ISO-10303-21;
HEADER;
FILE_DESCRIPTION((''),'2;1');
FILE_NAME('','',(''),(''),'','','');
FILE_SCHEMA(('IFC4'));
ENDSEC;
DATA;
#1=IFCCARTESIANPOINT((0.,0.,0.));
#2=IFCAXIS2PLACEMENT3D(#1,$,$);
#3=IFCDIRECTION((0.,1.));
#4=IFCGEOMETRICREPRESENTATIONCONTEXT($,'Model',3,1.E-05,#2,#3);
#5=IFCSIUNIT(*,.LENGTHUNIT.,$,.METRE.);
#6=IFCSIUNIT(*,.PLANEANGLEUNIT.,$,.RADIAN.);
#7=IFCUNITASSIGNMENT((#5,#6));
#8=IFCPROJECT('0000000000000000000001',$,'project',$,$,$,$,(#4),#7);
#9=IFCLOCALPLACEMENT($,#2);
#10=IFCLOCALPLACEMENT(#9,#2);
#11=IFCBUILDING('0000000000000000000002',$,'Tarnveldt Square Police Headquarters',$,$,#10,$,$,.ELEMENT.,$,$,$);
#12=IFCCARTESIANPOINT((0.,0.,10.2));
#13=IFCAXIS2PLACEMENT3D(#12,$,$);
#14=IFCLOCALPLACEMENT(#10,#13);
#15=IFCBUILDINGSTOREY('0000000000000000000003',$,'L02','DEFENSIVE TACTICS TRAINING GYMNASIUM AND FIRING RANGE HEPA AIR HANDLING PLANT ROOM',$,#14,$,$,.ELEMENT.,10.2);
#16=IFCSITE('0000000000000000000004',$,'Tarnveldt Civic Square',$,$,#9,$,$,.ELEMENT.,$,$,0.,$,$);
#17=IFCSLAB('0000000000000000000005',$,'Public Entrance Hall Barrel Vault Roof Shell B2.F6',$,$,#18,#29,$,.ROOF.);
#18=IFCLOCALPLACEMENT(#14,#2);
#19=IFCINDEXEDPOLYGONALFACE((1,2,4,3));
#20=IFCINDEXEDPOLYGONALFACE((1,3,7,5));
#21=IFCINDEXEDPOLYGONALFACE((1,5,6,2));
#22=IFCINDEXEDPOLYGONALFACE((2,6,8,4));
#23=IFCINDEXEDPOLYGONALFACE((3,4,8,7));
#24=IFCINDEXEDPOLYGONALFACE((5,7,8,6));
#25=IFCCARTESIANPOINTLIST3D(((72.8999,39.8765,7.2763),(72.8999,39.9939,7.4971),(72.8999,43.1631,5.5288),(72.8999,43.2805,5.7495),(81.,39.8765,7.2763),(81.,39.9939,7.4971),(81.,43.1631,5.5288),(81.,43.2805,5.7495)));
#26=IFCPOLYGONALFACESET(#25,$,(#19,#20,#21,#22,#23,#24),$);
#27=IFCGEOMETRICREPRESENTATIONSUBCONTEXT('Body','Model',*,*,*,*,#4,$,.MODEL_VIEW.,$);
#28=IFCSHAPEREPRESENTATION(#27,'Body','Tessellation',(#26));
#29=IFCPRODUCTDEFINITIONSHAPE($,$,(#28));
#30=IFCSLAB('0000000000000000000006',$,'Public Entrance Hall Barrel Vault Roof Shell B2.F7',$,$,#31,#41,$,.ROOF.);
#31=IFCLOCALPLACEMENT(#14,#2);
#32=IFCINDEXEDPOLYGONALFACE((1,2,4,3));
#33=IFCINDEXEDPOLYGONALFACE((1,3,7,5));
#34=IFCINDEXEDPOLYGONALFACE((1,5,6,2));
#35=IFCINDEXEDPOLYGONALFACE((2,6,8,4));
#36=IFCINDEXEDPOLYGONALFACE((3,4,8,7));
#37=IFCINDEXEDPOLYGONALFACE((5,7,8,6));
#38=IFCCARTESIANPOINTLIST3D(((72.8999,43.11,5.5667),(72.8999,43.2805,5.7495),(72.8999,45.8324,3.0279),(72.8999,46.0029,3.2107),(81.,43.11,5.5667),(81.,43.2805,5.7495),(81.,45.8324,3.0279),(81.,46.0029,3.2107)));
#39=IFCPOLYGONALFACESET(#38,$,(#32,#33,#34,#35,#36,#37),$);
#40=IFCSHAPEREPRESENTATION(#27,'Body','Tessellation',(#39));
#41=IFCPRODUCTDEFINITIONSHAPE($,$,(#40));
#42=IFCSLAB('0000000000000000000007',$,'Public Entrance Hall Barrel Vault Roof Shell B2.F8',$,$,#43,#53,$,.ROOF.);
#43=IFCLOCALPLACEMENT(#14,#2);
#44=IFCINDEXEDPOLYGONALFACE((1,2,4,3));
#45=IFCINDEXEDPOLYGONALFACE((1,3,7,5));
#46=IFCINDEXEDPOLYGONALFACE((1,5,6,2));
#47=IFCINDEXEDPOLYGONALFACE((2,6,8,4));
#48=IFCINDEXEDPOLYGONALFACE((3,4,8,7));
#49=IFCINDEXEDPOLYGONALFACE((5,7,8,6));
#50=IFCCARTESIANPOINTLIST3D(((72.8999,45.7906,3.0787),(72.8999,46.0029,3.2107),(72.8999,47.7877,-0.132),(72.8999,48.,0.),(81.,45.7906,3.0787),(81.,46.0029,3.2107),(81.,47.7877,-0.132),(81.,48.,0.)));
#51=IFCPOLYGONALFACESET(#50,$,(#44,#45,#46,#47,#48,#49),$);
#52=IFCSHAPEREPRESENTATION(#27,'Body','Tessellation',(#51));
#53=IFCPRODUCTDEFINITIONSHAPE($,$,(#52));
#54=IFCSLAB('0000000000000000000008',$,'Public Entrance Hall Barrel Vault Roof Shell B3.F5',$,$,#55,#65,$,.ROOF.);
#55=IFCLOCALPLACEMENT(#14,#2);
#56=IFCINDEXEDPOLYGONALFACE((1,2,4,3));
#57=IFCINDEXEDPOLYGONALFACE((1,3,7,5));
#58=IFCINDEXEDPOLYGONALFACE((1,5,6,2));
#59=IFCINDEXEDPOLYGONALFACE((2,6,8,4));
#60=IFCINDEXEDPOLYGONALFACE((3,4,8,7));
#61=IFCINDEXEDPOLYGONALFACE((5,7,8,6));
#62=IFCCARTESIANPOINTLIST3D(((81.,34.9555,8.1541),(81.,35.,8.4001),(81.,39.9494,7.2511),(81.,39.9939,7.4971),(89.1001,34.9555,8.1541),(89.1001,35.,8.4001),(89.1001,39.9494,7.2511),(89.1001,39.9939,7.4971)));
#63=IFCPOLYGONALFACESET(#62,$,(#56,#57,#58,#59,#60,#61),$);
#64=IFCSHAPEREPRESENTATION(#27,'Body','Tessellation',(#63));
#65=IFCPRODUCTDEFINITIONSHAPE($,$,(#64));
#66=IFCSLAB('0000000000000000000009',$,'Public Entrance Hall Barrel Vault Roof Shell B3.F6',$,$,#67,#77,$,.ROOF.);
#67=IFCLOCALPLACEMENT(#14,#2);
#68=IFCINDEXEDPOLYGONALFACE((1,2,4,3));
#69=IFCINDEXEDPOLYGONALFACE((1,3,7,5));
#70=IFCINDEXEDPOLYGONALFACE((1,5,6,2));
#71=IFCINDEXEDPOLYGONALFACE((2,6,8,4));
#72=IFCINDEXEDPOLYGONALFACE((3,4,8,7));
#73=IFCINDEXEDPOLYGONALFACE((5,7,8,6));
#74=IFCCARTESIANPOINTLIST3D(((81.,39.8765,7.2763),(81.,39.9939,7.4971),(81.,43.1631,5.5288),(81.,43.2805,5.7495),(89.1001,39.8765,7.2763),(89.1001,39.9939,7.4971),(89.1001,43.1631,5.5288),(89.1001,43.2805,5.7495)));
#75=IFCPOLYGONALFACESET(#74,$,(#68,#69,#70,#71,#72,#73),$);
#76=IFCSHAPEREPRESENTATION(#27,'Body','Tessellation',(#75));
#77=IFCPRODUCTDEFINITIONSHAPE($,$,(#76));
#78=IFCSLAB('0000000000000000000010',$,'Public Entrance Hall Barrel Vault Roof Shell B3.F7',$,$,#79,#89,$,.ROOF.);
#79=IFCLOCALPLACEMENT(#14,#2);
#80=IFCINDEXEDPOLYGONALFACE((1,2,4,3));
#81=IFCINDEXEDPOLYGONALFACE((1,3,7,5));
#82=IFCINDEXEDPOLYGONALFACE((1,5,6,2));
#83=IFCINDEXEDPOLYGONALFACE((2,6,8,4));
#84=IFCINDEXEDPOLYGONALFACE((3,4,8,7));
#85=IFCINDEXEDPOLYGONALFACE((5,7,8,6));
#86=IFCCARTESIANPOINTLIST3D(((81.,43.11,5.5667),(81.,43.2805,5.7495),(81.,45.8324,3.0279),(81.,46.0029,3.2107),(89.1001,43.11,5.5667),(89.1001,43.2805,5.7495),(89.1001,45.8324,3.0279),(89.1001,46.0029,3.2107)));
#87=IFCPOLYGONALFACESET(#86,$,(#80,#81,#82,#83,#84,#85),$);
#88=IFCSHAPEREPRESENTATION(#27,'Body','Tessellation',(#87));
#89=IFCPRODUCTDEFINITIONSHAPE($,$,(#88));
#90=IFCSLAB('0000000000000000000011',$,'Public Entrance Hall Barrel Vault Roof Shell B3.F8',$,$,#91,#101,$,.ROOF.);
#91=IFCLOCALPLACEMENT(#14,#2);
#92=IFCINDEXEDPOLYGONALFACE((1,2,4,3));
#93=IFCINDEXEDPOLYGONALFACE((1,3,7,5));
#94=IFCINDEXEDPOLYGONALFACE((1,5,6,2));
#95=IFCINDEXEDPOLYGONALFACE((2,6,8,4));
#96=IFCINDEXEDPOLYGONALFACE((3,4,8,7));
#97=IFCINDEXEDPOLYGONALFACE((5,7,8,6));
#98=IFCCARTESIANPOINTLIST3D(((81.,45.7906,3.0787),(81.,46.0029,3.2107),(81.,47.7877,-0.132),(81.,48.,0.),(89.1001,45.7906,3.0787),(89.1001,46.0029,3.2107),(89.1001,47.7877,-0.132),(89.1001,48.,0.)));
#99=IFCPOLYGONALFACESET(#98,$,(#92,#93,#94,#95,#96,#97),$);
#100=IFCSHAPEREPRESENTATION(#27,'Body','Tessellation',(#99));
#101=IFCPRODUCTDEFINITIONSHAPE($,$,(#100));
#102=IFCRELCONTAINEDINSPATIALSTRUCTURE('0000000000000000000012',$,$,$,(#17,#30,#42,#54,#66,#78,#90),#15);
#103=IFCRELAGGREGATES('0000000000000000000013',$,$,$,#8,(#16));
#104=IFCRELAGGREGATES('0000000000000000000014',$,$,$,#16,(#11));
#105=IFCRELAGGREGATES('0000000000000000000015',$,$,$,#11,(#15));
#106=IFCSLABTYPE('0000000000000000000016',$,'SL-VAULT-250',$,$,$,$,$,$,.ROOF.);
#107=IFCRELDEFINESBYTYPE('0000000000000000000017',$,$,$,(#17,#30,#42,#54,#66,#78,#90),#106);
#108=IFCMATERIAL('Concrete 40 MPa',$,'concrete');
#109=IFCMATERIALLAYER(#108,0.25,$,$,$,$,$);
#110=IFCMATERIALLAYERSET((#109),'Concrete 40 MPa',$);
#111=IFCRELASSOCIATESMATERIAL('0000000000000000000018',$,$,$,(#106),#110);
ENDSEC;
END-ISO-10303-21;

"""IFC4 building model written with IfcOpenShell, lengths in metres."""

from ifc_helpers import new_model, si_unit, direction, frame, origin, place, context, subcontext, project, spatial, polyline, outline, extrude, material, layer, layer_set, type_object, element, save


model = new_model("IFC4")

# Units and contexts
model_context = context("Model", 3, precision=1e-05, world=origin(), true_north=direction((0.0, 1.0)))
body_context = subcontext(model_context, "Body", "Model", "MODEL_VIEW")
ifc_project = project(units=[si_unit("LENGTHUNIT", "METRE"), si_unit("PLANEANGLEUNIT", "RADIAN")], contexts=[model_context])

# Site, building, storey
site_placement = place(None, origin())
site = spatial("IfcSite", under=ifc_project, at=site_placement, Name="Tarnveldt Civic Square", CompositionType="ELEMENT", RefElevation=0.0)
building_placement = place(site_placement, origin())
building = spatial("IfcBuilding", under=site, at=building_placement, Name="Tarnveldt Square Police Headquarters", CompositionType="ELEMENT")
storey_placement = place(building_placement, frame((0.0, 0.0, 10.2)))
storey = spatial("IfcBuildingStorey", under=building, at=storey_placement, Name="L02", Description="DEFENSIVE TACTICS TRAINING GYMNASIUM AND FIRING RANGE HEPA AIR HANDLING PLANT ROOM", CompositionType="ELEMENT", Elevation=10.2)

# Shared definitions
ifc_material_1 = material(Name="Concrete 40 MPa", Category="concrete")

# Slabs
ifc_layer_1 = layer(ifc_material_1, 0.25)
ifc_layer_set_1 = layer_set([ifc_layer_1], Name="Concrete 40 MPa")
slab_type = type_object("IfcSlabType", Name="SL-VAULT-250", PredefinedType="ROOF", material=ifc_layer_set_1)
slab_1_placement = place(storey_placement, frame((72.8999, 39.9939, 7.4971), z_axis=(0.0, 0.469478, 0.882944), x_axis=(1.0, 0.0, 0.0)))
element("IfcSlab", 1, at=slab_1_placement, inside=storey, type_object=slab_type, Name="Public Entrance Hall Barrel Vault Roof Shell B2.F6", PredefinedType="ROOF", context=body_context, shape_type="SweptSolid", body=[
    extrude(outline(polyline([(0.0, 0.0), (8.1001, 0.0), (8.1001, 3.7223), (0.0, 3.7223), (0.0, 0.0)])), origin(), (0.0, 0.0, -1.0), 0.25),
])
slab_2_placement = place(storey_placement, frame((72.8999, 43.2805, 5.7495), z_axis=(0.0, 0.682017, 0.731337), x_axis=(1.0, 0.0, 0.0)))
element("IfcSlab", 2, at=slab_2_placement, inside=storey, type_object=slab_type, Name="Public Entrance Hall Barrel Vault Roof Shell B2.F7", PredefinedType="ROOF", context=body_context, shape_type="SweptSolid", body=[
    extrude(outline(polyline([(0.0, 0.0), (8.1001, 0.0), (8.1001, 3.7225), (0.0, 3.7225), (0.0, 0.0)])), origin(), (0.0, 0.0, -1.0), 0.25),
])
slab_3_placement = place(storey_placement, frame((72.8999, 46.0029, 3.2107), z_axis=(0.0, 0.849139, 0.528169), x_axis=(1.0, 0.0, 0.0)))
element("IfcSlab", 3, at=slab_3_placement, inside=storey, type_object=slab_type, Name="Public Entrance Hall Barrel Vault Roof Shell B2.F8", PredefinedType="ROOF", context=body_context, shape_type="SweptSolid", body=[
    extrude(outline(polyline([(0.0, 0.0), (8.1001, 0.0), (8.1001, 3.7811), (0.0, 3.7811), (0.0, 0.0)])), origin(), (0.0, 0.0, -1.0), 0.25),
])
slab_4_placement = place(storey_placement, frame((81.0, 35.0, 8.4001), z_axis=(0.0, 0.17795, 0.98404), x_axis=(1.0, 0.0, 0.0)))
element("IfcSlab", 4, at=slab_4_placement, inside=storey, type_object=slab_type, Name="Public Entrance Hall Barrel Vault Roof Shell B3.F5", PredefinedType="ROOF", context=body_context, shape_type="SweptSolid", body=[
    extrude(outline(polyline([(0.0, 0.0), (8.1001, 0.0), (8.1001, 5.0749), (0.0, 5.0749), (0.0, 0.0)])), origin(), (0.0, 0.0, -1.0), 0.25),
])
slab_5_placement = place(storey_placement, frame((81.0, 39.9939, 7.4971), z_axis=(0.0, 0.469478, 0.882944), x_axis=(1.0, 0.0, 0.0)))
element("IfcSlab", 5, at=slab_5_placement, inside=storey, type_object=slab_type, Name="Public Entrance Hall Barrel Vault Roof Shell B3.F6", PredefinedType="ROOF", context=body_context, shape_type="SweptSolid", body=[
    extrude(outline(polyline([(0.0, 0.0), (8.1001, 0.0), (8.1001, 3.7223), (0.0, 3.7223), (0.0, 0.0)])), origin(), (0.0, 0.0, -1.0), 0.25),
])
slab_6_placement = place(storey_placement, frame((81.0, 43.2805, 5.7495), z_axis=(0.0, 0.682017, 0.731337), x_axis=(1.0, 0.0, 0.0)))
element("IfcSlab", 6, at=slab_6_placement, inside=storey, type_object=slab_type, Name="Public Entrance Hall Barrel Vault Roof Shell B3.F7", PredefinedType="ROOF", context=body_context, shape_type="SweptSolid", body=[
    extrude(outline(polyline([(0.0, 0.0), (8.1001, 0.0), (8.1001, 3.7225), (0.0, 3.7225), (0.0, 0.0)])), origin(), (0.0, 0.0, -1.0), 0.25),
])
slab_7_placement = place(storey_placement, frame((81.0, 46.0029, 3.2107), z_axis=(0.0, 0.849139, 0.528169), x_axis=(1.0, 0.0, 0.0)))
element("IfcSlab", 7, at=slab_7_placement, inside=storey, type_object=slab_type, Name="Public Entrance Hall Barrel Vault Roof Shell B3.F8", PredefinedType="ROOF", context=body_context, shape_type="SweptSolid", body=[
    extrude(outline(polyline([(0.0, 0.0), (8.1001, 0.0), (8.1001, 3.7811), (0.0, 3.7811), (0.0, 0.0)])), origin(), (0.0, 0.0, -1.0), 0.25),
])

save(model, "model.ifc")
